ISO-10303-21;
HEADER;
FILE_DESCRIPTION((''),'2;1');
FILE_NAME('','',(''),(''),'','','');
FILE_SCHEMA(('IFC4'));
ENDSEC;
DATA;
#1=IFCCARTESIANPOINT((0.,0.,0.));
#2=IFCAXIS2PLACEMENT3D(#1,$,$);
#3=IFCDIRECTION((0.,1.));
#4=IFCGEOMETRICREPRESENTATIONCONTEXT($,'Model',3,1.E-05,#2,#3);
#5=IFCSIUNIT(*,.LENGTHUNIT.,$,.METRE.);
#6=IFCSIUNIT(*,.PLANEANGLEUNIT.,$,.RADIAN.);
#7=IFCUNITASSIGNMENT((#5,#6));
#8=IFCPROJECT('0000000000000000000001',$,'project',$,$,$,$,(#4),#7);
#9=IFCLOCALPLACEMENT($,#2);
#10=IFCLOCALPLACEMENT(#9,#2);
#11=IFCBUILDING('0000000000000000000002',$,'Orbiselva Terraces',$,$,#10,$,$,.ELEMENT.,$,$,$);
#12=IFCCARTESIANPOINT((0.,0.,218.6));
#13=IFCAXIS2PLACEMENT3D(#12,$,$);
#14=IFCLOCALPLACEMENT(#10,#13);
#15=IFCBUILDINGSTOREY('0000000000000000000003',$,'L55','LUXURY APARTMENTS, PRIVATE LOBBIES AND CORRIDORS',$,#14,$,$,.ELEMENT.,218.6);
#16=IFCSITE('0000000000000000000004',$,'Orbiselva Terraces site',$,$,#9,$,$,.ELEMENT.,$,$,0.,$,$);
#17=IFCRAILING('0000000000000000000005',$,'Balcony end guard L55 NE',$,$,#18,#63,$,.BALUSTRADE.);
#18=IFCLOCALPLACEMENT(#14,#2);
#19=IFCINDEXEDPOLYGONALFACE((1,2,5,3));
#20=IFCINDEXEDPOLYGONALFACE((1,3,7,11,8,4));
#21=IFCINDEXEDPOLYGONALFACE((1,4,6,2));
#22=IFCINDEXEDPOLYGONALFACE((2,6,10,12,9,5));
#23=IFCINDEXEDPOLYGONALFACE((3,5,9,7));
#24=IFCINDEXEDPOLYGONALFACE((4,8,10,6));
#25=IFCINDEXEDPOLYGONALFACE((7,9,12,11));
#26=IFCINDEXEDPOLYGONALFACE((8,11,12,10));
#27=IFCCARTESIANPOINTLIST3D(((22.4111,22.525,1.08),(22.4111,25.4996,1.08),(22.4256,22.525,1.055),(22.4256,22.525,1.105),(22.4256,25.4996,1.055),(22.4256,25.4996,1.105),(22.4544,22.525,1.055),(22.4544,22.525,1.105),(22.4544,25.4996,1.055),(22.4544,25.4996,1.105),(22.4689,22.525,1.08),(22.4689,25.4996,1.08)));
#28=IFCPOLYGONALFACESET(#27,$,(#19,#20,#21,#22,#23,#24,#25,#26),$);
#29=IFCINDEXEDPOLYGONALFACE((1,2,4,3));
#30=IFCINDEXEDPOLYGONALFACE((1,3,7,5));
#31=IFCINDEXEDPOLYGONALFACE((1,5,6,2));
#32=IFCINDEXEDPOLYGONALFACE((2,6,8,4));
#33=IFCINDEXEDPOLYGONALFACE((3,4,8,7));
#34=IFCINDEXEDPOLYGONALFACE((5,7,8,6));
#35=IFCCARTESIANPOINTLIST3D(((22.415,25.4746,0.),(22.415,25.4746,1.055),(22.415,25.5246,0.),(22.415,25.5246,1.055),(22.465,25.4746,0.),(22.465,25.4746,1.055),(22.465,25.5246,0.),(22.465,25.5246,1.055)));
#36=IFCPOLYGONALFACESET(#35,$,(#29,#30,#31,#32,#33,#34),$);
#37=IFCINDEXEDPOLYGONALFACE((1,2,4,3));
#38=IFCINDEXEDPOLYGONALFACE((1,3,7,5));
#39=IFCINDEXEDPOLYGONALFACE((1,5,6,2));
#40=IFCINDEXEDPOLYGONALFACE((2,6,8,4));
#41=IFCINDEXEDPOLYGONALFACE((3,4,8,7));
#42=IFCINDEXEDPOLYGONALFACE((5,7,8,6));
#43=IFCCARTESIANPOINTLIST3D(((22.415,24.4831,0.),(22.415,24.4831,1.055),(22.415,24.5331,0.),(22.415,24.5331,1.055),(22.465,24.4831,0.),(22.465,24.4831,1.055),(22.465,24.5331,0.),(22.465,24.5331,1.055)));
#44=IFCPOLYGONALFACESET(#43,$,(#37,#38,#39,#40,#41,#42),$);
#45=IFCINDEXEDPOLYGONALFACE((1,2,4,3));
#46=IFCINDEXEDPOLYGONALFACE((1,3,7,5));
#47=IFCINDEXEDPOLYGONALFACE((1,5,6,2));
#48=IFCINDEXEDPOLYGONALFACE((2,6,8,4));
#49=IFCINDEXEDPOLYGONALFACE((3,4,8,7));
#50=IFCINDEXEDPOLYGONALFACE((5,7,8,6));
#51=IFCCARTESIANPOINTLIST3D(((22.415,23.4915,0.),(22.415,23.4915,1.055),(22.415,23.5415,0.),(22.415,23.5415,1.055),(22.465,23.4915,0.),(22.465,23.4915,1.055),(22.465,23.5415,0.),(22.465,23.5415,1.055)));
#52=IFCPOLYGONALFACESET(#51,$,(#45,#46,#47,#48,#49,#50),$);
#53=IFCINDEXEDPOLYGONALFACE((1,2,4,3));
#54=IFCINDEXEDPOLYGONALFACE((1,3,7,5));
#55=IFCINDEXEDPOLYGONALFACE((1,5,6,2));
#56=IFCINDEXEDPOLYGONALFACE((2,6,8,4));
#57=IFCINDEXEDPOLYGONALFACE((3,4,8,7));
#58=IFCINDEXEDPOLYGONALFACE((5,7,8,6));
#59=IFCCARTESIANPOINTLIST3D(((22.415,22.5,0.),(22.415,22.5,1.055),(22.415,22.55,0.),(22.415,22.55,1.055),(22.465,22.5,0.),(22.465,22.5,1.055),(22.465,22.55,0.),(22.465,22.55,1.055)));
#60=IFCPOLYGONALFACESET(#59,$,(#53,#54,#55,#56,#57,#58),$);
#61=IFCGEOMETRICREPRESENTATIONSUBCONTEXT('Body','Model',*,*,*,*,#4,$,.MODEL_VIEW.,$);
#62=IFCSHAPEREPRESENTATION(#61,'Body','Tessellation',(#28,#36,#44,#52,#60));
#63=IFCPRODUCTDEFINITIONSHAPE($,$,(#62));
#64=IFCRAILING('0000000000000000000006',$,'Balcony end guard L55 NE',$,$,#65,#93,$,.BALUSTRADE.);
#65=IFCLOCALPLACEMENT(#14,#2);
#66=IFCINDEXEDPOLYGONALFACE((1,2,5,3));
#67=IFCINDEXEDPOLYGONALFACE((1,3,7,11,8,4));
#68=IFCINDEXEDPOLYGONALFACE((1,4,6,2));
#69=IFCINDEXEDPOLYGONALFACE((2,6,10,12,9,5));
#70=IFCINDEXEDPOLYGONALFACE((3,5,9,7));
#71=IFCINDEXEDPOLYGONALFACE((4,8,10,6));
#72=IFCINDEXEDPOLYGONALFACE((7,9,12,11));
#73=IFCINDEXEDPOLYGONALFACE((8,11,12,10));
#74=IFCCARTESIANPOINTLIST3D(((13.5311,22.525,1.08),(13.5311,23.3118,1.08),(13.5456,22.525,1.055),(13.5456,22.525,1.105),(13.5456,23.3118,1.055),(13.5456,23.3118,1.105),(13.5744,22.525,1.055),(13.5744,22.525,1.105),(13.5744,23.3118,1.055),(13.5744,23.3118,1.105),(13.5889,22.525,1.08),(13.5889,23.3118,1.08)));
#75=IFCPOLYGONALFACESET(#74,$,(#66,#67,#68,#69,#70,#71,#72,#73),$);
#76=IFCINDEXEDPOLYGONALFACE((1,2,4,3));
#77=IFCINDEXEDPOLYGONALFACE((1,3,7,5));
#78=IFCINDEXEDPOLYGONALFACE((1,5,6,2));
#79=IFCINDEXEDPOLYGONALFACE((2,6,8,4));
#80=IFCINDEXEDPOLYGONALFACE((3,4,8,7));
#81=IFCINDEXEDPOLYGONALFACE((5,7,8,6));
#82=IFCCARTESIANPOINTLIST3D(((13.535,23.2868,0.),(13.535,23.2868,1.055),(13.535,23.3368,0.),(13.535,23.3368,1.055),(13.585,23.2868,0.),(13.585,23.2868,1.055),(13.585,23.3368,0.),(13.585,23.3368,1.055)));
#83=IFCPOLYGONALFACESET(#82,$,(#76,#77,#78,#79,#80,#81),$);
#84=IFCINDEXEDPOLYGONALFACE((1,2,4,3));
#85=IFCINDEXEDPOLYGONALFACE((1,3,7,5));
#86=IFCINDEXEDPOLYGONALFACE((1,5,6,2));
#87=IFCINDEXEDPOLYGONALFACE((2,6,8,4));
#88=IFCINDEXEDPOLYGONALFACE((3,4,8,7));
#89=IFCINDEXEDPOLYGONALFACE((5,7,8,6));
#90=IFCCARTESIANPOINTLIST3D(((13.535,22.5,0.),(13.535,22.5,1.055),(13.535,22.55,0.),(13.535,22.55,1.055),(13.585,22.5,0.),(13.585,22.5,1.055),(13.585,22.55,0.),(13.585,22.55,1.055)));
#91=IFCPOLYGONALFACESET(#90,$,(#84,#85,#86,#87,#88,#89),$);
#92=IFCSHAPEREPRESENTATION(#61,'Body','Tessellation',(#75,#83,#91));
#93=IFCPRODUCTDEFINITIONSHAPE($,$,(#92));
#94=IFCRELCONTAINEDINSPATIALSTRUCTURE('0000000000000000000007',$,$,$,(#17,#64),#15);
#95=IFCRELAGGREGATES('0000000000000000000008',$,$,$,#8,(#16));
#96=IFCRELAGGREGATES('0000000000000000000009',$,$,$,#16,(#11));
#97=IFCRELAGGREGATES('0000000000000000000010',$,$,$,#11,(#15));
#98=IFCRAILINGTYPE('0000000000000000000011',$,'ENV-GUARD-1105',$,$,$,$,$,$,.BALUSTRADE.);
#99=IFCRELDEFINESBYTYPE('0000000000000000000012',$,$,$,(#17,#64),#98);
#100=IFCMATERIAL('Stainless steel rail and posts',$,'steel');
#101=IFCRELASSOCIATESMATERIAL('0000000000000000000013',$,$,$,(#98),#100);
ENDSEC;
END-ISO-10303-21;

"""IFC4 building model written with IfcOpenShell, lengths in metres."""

from ifc_helpers import new_model, si_unit, direction, frame, origin, origin_2d, place, context, subcontext, project, spatial, polyline, rectangle, outline, extrude, material, type_object, element, save


model = new_model("IFC4")

# Units and contexts
model_context = context("Model", 3, precision=1e-05, world=origin(), true_north=direction((0.0, 1.0)))
body_context = subcontext(model_context, "Body", "Model", "MODEL_VIEW")
ifc_project = project(units=[si_unit("LENGTHUNIT", "METRE"), si_unit("PLANEANGLEUNIT", "RADIAN")], contexts=[model_context])

# Site, building, storey
site_placement = place(None, origin())
site = spatial("IfcSite", under=ifc_project, at=site_placement, Name="Orbiselva Terraces site", CompositionType="ELEMENT", RefElevation=0.0)
building_placement = place(site_placement, origin())
building = spatial("IfcBuilding", under=site, at=building_placement, Name="Orbiselva Terraces", CompositionType="ELEMENT")
storey_placement = place(building_placement, frame((0.0, 0.0, 218.6)))
storey = spatial("IfcBuildingStorey", under=building, at=storey_placement, Name="L55", Description="LUXURY APARTMENTS, PRIVATE LOBBIES AND CORRIDORS", CompositionType="ELEMENT", Elevation=218.6)

# Railings
ifc_material_1 = material(Name="Stainless steel rail and posts", Category="steel")
railing_type_1 = type_object("IfcRailingType", Name="ENV-GUARD-1105", PredefinedType="BALUSTRADE", material=ifc_material_1)
railing_1_placement = place(storey_placement, frame((22.44, 25.4996, 0.0)))
element("IfcRailing", 1, at=railing_1_placement, inside=storey, type_object=railing_type_1, Name="Balcony end guard L55 NE", PredefinedType="BALUSTRADE", context=body_context, shape_type="SweptSolid", body=[
    extrude(outline(polyline([(0.0289, 0.0), (0.0144, 0.025), (-0.0144, 0.025), (-0.0289, 0.0), (-0.0144, -0.025), (0.0144, -0.025), (0.0289, 0.0)])), frame((0.0, 0.0, 1.08), z_axis=(0.0, -1.0, 0.0), x_axis=(1.0, 0.0, 0.0)), (0.0, 0.0, 1.0), 2.9746),
    extrude(rectangle(XDim=0.05, YDim=0.05, at=origin_2d()), origin(), (0.0, 0.0, 1.0), 1.055),
    extrude(rectangle(XDim=0.05, YDim=0.05, at=origin_2d()), frame((0.0, -0.9915, 0.0)), (0.0, 0.0, 1.0), 1.055),
    extrude(rectangle(XDim=0.05, YDim=0.05, at=origin_2d()), frame((0.0, -1.9831, 0.0)), (0.0, 0.0, 1.0), 1.055),
    extrude(rectangle(XDim=0.05, YDim=0.05, at=origin_2d()), frame((0.0, -2.9746, 0.0)), (0.0, 0.0, 1.0), 1.055),
])
railing_2_placement = place(storey_placement, frame((13.56, 23.3118, 0.0)))
element("IfcRailing", 2, at=railing_2_placement, inside=storey, type_object=railing_type_1, Name="Balcony end guard L55 NE", PredefinedType="BALUSTRADE", context=body_context, shape_type="SweptSolid", body=[
    extrude(outline(polyline([(0.0289, 0.0), (0.0144, 0.025), (-0.0144, 0.025), (-0.0289, 0.0), (-0.0144, -0.025), (0.0144, -0.025), (0.0289, 0.0)])), frame((0.0, 0.0, 1.08), z_axis=(0.0, -1.0, 0.0), x_axis=(1.0, 0.0, 0.0)), (0.0, 0.0, 1.0), 0.7868),
    extrude(rectangle(XDim=0.05, YDim=0.05, at=origin_2d()), origin(), (0.0, 0.0, 1.0), 1.055),
    extrude(rectangle(XDim=0.05, YDim=0.05, at=origin_2d()), frame((0.0, -0.7868, 0.0)), (0.0, 0.0, 1.0), 1.055),
])

save(model, "model.ifc")
